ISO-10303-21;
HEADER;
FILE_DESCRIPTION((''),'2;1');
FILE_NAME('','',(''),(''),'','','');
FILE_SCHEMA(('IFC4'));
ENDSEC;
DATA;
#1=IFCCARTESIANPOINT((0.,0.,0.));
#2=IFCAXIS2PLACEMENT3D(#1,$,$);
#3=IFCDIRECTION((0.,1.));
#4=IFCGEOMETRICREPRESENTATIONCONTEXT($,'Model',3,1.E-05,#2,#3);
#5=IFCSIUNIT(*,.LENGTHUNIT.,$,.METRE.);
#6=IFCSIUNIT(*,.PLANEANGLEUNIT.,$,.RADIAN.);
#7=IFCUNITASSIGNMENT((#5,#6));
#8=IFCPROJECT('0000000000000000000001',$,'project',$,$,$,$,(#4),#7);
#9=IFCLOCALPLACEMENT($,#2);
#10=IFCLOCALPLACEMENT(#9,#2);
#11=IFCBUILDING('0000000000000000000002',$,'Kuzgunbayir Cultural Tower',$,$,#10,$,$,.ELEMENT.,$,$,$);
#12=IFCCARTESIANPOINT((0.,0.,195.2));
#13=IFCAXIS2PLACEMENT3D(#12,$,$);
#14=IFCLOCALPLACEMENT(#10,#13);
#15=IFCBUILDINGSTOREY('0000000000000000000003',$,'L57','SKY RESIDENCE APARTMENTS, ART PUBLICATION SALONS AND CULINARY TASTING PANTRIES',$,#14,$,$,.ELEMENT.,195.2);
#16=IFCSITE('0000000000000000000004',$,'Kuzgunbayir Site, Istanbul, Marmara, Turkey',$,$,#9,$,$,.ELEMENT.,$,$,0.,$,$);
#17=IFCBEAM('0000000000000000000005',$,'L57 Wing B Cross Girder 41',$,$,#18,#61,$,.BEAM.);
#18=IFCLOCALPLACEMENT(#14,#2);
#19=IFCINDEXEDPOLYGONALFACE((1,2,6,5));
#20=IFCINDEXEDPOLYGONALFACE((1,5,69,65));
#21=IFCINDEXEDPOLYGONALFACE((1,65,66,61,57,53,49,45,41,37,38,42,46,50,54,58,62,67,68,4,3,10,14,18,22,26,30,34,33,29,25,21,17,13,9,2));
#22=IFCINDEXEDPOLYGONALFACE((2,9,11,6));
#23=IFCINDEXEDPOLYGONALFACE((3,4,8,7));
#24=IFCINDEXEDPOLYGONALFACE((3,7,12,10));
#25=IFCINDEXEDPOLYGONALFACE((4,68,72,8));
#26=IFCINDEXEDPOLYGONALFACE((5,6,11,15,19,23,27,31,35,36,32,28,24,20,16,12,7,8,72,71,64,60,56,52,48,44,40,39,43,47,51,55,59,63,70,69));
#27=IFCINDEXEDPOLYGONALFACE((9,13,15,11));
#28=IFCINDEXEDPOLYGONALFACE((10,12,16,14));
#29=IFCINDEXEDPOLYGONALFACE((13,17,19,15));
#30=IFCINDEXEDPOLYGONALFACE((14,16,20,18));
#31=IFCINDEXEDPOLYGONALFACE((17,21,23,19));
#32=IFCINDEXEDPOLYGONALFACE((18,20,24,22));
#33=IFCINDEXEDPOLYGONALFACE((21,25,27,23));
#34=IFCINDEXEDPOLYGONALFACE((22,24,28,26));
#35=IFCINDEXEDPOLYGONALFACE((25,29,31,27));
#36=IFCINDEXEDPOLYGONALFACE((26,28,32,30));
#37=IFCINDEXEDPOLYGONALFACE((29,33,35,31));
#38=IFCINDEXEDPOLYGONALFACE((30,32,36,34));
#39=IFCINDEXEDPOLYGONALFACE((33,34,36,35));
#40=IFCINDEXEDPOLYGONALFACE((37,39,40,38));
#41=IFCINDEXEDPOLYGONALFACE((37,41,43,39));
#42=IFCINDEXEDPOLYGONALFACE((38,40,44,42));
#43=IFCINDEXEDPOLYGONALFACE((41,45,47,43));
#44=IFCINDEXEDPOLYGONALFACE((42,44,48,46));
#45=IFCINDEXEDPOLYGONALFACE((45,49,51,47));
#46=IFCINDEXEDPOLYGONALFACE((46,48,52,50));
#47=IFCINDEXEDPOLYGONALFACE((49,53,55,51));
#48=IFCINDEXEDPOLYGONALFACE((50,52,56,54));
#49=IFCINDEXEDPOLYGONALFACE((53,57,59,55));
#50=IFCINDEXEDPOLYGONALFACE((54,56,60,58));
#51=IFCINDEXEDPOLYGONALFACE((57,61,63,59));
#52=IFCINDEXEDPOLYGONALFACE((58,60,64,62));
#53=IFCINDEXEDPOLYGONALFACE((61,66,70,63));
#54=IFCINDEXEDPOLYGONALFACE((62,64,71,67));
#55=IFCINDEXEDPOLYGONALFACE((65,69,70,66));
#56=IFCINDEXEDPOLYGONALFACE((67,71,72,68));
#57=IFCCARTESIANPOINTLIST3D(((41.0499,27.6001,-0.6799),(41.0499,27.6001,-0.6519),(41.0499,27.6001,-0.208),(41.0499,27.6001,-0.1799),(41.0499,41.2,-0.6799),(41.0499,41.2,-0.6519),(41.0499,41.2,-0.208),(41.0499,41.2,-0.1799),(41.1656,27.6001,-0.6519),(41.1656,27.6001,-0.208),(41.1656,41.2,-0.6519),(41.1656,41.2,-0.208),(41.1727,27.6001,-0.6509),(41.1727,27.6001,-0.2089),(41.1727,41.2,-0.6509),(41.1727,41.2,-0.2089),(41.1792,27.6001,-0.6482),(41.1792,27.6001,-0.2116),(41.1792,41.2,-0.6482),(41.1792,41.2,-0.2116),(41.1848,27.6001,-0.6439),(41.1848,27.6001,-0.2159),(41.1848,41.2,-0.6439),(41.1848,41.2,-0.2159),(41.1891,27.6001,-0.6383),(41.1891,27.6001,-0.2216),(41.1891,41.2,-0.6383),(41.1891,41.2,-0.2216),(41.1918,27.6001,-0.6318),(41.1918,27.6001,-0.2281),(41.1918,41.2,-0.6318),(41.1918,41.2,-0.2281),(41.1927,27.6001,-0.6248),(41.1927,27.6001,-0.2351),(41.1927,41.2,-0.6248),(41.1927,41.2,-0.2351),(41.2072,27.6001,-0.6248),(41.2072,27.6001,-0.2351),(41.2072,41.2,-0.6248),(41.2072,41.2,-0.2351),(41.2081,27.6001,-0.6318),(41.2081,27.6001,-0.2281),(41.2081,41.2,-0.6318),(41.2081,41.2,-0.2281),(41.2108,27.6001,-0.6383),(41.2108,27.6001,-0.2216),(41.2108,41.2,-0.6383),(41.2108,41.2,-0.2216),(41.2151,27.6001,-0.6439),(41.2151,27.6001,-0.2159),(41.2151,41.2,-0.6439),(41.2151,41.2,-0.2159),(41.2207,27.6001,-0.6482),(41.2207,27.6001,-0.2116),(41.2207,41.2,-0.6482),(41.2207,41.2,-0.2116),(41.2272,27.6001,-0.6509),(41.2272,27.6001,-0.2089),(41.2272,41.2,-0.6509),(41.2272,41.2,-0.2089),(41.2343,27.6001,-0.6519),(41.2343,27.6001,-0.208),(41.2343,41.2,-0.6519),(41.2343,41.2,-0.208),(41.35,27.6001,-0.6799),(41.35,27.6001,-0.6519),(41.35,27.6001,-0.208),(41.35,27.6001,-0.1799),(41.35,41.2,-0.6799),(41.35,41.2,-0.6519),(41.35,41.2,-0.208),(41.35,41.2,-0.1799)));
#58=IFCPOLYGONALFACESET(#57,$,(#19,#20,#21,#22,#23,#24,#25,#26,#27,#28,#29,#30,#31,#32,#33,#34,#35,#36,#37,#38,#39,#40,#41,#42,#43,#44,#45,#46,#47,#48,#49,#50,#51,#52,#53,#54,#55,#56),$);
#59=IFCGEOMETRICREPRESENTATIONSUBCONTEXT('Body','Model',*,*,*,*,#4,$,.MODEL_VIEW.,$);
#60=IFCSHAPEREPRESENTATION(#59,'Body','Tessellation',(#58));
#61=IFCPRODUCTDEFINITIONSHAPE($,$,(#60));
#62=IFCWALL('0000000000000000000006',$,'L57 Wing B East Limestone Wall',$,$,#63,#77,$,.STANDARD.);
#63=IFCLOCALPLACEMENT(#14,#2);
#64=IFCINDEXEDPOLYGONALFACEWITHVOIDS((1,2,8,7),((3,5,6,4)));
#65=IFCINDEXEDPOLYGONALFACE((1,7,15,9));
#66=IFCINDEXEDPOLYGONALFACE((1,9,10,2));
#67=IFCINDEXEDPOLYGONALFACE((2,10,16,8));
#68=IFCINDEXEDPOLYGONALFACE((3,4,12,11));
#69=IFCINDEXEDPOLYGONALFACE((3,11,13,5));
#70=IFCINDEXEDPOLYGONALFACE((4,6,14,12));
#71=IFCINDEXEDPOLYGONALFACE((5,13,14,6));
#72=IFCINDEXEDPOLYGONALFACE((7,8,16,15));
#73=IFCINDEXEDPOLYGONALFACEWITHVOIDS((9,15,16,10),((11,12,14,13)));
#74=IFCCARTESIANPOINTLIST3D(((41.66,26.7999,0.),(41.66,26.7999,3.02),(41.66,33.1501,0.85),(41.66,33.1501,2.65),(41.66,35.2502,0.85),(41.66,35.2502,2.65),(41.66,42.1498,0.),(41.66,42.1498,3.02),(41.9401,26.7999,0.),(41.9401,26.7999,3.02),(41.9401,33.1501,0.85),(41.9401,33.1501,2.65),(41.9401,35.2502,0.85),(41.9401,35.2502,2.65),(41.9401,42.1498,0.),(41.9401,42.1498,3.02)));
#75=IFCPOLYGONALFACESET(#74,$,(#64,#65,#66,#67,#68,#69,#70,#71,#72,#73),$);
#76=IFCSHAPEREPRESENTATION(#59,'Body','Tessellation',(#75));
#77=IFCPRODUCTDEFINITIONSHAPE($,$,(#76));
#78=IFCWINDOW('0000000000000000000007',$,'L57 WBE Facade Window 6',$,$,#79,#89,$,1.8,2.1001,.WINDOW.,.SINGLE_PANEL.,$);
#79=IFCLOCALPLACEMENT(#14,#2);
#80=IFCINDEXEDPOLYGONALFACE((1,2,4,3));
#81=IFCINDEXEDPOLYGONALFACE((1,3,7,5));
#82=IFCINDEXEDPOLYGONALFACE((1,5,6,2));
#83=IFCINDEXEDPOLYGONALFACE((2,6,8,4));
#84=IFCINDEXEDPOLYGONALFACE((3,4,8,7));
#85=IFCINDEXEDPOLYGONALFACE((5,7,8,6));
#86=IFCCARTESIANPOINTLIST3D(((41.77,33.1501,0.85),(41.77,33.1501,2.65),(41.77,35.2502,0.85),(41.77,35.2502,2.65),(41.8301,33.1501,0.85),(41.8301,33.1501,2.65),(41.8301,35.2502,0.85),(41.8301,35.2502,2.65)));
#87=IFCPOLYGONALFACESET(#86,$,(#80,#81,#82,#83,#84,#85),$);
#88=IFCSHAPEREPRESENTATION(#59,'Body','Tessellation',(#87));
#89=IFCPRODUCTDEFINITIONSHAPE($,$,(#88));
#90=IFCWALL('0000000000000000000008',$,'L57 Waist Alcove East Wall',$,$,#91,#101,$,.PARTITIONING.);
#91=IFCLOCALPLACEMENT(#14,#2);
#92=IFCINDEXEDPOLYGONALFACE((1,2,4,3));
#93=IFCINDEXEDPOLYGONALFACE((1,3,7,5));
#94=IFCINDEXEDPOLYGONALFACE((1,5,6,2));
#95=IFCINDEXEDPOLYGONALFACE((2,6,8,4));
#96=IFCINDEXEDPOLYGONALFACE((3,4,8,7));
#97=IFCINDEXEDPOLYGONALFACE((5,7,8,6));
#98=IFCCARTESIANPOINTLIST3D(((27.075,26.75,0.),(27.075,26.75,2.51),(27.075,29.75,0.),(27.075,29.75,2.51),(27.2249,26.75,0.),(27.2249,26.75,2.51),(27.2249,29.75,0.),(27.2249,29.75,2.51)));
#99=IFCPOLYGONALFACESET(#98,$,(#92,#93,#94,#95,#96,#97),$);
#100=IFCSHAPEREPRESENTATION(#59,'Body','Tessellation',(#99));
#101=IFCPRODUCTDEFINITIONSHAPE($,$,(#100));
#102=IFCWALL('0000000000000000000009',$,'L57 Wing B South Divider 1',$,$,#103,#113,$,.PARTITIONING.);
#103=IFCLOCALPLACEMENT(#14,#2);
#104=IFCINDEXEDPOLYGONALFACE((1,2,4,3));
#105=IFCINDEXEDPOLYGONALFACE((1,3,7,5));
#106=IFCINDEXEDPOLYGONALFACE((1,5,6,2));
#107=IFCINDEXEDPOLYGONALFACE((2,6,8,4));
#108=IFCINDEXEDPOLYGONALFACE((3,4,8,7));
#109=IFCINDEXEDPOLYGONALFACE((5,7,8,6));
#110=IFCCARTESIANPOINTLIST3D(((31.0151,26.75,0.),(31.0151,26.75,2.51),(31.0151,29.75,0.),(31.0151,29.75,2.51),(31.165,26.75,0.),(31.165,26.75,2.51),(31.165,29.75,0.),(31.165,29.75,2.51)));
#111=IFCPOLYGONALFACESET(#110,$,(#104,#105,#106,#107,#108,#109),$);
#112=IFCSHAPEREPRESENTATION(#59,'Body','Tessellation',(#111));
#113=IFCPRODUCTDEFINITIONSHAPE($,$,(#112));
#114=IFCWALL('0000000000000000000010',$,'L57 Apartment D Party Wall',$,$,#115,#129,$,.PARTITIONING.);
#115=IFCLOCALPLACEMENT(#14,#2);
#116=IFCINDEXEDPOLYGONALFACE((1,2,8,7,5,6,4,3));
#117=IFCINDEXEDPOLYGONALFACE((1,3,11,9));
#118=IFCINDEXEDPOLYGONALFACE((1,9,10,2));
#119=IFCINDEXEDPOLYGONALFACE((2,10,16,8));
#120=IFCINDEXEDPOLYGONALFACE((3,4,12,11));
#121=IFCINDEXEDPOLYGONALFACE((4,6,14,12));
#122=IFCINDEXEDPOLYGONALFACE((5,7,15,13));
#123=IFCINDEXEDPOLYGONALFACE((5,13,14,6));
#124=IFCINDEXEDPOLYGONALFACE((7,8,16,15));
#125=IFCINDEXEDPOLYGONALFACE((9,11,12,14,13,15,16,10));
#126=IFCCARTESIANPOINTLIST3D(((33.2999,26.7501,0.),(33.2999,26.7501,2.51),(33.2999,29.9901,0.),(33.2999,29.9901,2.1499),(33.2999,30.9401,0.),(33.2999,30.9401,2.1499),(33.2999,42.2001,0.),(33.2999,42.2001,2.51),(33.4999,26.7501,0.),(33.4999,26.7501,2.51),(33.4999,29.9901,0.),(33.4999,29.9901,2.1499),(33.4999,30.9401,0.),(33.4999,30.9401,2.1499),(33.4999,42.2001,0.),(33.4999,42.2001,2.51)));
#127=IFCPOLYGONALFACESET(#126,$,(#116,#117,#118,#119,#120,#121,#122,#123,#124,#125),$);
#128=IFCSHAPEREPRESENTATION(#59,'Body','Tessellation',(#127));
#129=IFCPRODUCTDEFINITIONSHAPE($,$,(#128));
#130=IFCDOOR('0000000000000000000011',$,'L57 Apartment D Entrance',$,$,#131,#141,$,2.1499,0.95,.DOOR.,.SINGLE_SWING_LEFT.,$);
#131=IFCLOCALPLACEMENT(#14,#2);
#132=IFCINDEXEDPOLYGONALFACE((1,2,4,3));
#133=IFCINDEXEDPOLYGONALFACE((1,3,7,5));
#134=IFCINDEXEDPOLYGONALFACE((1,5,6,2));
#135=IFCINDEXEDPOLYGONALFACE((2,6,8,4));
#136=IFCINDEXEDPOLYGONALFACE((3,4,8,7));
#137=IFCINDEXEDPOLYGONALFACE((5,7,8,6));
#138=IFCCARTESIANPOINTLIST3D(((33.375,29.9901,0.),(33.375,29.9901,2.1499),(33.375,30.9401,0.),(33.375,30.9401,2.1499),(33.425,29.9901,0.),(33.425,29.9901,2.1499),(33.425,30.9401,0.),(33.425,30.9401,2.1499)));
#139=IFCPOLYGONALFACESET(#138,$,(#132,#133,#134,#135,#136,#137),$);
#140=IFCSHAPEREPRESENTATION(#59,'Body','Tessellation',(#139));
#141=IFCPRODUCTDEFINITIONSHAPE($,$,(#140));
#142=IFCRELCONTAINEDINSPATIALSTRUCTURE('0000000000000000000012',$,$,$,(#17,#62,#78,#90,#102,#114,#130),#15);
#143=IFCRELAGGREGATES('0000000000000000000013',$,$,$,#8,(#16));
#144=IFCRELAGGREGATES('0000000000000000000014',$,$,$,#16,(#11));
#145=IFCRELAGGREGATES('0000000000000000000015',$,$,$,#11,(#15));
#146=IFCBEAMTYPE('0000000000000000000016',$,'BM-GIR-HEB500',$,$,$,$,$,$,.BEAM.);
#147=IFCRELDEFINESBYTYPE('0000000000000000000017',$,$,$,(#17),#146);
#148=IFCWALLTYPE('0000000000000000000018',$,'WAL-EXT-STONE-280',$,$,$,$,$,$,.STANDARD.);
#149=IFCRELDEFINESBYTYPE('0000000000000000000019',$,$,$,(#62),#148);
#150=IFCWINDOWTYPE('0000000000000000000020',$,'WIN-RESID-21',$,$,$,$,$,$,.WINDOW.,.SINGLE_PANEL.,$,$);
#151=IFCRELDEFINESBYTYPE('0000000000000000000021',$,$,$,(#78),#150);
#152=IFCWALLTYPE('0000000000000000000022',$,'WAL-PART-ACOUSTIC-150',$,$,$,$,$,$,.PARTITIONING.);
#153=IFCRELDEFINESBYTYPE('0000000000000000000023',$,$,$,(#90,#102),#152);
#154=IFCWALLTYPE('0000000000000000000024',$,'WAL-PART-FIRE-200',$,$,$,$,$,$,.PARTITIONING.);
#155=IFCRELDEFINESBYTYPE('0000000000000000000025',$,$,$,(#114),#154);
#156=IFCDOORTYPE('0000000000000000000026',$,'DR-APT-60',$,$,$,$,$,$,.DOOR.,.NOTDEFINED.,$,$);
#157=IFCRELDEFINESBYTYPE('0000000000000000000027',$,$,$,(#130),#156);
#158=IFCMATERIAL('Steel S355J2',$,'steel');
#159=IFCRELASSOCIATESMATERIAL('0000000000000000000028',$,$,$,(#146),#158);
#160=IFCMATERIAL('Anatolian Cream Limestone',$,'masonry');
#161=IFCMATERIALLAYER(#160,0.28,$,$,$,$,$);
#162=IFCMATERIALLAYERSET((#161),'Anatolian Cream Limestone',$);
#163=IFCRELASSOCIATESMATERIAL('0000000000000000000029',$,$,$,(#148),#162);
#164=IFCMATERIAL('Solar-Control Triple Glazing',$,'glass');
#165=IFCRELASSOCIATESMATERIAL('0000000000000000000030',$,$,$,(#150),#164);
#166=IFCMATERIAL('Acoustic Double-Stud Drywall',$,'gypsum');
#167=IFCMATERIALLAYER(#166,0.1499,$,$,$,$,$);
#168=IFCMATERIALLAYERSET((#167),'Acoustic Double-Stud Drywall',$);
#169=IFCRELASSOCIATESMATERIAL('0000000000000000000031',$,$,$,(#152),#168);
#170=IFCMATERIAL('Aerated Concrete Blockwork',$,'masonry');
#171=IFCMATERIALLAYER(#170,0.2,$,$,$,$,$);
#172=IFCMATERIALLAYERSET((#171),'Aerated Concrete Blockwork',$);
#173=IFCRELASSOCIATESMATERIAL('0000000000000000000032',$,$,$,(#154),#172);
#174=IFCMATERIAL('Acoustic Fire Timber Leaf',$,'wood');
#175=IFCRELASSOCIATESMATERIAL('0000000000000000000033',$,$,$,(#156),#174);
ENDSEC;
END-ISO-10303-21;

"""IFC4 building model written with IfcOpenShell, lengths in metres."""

from ifc_helpers import new_model, si_unit, direction, frame, frame_2d, origin, origin_2d, place, context, subcontext, project, spatial, rectangle, i_section, extrude, material, layer, layer_set, material_profile, profile_set, type_object, element, fill, save


model = new_model("IFC4")

# Units and contexts
model_context = context("Model", 3, precision=1e-05, world=origin(), true_north=direction((0.0, 1.0)))
body_context = subcontext(model_context, "Body", "Model", "MODEL_VIEW")
ifc_project = project(units=[si_unit("LENGTHUNIT", "METRE"), si_unit("PLANEANGLEUNIT", "RADIAN")], contexts=[model_context])

# Site, building, storey
site_placement = place(None, origin())
site = spatial("IfcSite", under=ifc_project, at=site_placement, Name="Kuzgunbayir Site, Istanbul, Marmara, Turkey", CompositionType="ELEMENT", RefElevation=0.0)
building_placement = place(site_placement, origin())
building = spatial("IfcBuilding", under=site, at=building_placement, Name="Kuzgunbayir Cultural Tower", CompositionType="ELEMENT")
storey_placement = place(building_placement, frame((0.0, 0.0, 195.2)))
storey = spatial("IfcBuildingStorey", under=building, at=storey_placement, Name="L57", Description="SKY RESIDENCE APARTMENTS, ART PUBLICATION SALONS AND CULINARY TASTING PANTRIES", CompositionType="ELEMENT", Elevation=195.2)

# Beam
ifc_material_1 = material(Name="Steel S355J2", Category="steel")
ifc_material_profile_1 = material_profile(ifc_material_1, i_section(OverallWidth=0.3, OverallDepth=0.5, WebThickness=0.0144, FlangeThickness=0.0281, FilletRadius=0.0271, at=origin_2d()), Name="HEB 500")
ifc_profile_set_1 = profile_set([ifc_material_profile_1], Name="Steel S355J2")
beam_type_1 = type_object("IfcBeamType", Name="BM-GIR-HEB500", PredefinedType="BEAM", material=ifc_profile_set_1)
beam_1_placement = place(storey_placement, frame((41.2, 27.6001, -0.4299), z_axis=(0.0, 1.0, 0.0), x_axis=(-1.0, 0.0, 0.0)))
element("IfcBeam", 1, at=beam_1_placement, inside=storey, type_object=beam_type_1, Name="L57 Wing B Cross Girder 41", PredefinedType="BEAM", context=body_context, shape_type="SweptSolid", body=[
    extrude(i_section(OverallWidth=0.3, OverallDepth=0.5, WebThickness=0.0144, FlangeThickness=0.0281, FilletRadius=0.0271, at=origin_2d()), origin(), (0.0, 0.0, 1.0), 13.5999),
])

# Wall, opening, window
ifc_material_2 = material(Name="Anatolian Cream Limestone", Category="masonry")
ifc_layer_1 = layer(ifc_material_2, 0.28)
ifc_layer_set_1 = layer_set([ifc_layer_1], Name="Anatolian Cream Limestone")
wall_type_1 = type_object("IfcWallType", Name="WAL-EXT-STONE-280", PredefinedType="STANDARD", material=ifc_layer_set_1)
wall_1_placement = place(storey_placement, frame((41.8, 26.8, 0.0), z_axis=(0.0, 0.0, 1.0), x_axis=(0.0, 1.0, 0.0)))
wall_1 = element("IfcWall", 2, at=wall_1_placement, inside=storey, type_object=wall_type_1, Name="L57 Wing B East Limestone Wall", PredefinedType="STANDARD", context=body_context, shape_type="SweptSolid", body=[
    extrude(rectangle(XDim=15.3499, YDim=0.28, at=frame_2d((7.6748, 0.0))), origin(), (0.0, 0.0, 1.0), 3.02),
])
opening_1_placement = place(wall_1_placement, frame((6.3501, 0.0, 0.8501)))
opening_1 = element("IfcOpeningElement", 3, at=opening_1_placement, cuts=wall_1, PredefinedType="OPENING", context=body_context, shape_type="SweptSolid", body=[
    extrude(rectangle(XDim=2.1001, YDim=1.8, at=frame_2d((1.05, 0.8999))), frame((0.0, 0.1499, 0.0), z_axis=(0.0, -1.0, 0.0), x_axis=(1.0, 0.0, 0.0)), (0.0, 0.0, 1.0), 0.3),
])
ifc_material_3 = material(Name="Solar-Control Triple Glazing", Category="glass")
window_type = type_object("IfcWindowType", Name="WIN-RESID-21", PartitioningType="SINGLE_PANEL", PredefinedType="WINDOW", material=ifc_material_3)
window_placement = place(opening_1_placement, origin())
window = element("IfcWindow", 4, at=window_placement, inside=storey, type_object=window_type, Name="L57 WBE Facade Window 6", OverallHeight=1.8, OverallWidth=2.1001, PartitioningType="SINGLE_PANEL", PredefinedType="WINDOW", context=body_context, shape_type="SweptSolid", body=[
    extrude(rectangle(XDim=2.1001, YDim=1.8, at=frame_2d((1.05, 0.8999))), frame((0.0, 0.03, 0.0), z_axis=(0.0, -1.0, 0.0), x_axis=(1.0, 0.0, 0.0)), (0.0, 0.0, 1.0), 0.0601),
])
fill(opening_1, window)

# Walls
ifc_material_4 = material(Name="Acoustic Double-Stud Drywall", Category="gypsum")
ifc_layer_2 = layer(ifc_material_4, 0.1499)
ifc_layer_set_2 = layer_set([ifc_layer_2], Name="Acoustic Double-Stud Drywall")
wall_type_2 = type_object("IfcWallType", Name="WAL-PART-ACOUSTIC-150", PredefinedType="PARTITIONING", material=ifc_layer_set_2)
for number, where, z_axis, x_axis, name in (
    (5, (27.1499, 26.75, 0.0), (0.0, 0.0, 1.0), (0.0, 1.0, 0.0), "L57 Waist Alcove East Wall"),
    (6, (31.0901, 26.75, 0.0), (0.0, 0.0, 1.0), (0.0, 1.0, 0.0), "L57 Wing B South Divider 1"),
):
    element("IfcWall", number, at=place(storey_placement, frame(where, z_axis=z_axis, x_axis=x_axis)), inside=storey, type_object=wall_type_2, Name=name, PredefinedType="PARTITIONING", context=body_context, shape_type="SweptSolid", body=[
        extrude(rectangle(XDim=3.0, YDim=0.1499, at=frame_2d((1.5, 0.0))), origin(), (0.0, 0.0, 1.0), 2.51),
    ])

# Wall, opening, door
ifc_material_5 = material(Name="Aerated Concrete Blockwork", Category="masonry")
ifc_layer_3 = layer(ifc_material_5, 0.2)
ifc_layer_set_3 = layer_set([ifc_layer_3], Name="Aerated Concrete Blockwork")
wall_type_3 = type_object("IfcWallType", Name="WAL-PART-FIRE-200", PredefinedType="PARTITIONING", material=ifc_layer_set_3)
wall_2_placement = place(storey_placement, frame((33.3999, 26.75, 0.0), z_axis=(0.0, 0.0, 1.0), x_axis=(0.0, 1.0, 0.0)))
wall_2 = element("IfcWall", 7, at=wall_2_placement, inside=storey, type_object=wall_type_3, Name="L57 Apartment D Party Wall", PredefinedType="PARTITIONING", context=body_context, shape_type="SweptSolid", body=[
    extrude(rectangle(XDim=15.45, YDim=0.2, at=frame_2d((7.7251, 0.0))), origin(), (0.0, 0.0, 1.0), 2.51),
])
opening_2_placement = place(wall_2_placement, frame((3.24, 0.0, 0.0)))
opening_2 = element("IfcOpeningElement", 8, at=opening_2_placement, cuts=wall_2, PredefinedType="OPENING", context=body_context, shape_type="SweptSolid", body=[
    extrude(rectangle(XDim=0.95, YDim=2.1499, at=frame_2d((0.4751, 1.075))), frame((0.0, 0.1099, 0.0), z_axis=(0.0, -1.0, 0.0), x_axis=(1.0, 0.0, 0.0)), (0.0, 0.0, 1.0), 0.22),
])
ifc_material_6 = material(Name="Acoustic Fire Timber Leaf", Category="wood")
door_type = type_object("IfcDoorType", Name="DR-APT-60", OperationType="NOTDEFINED", PredefinedType="DOOR", material=ifc_material_6)
door_placement = place(opening_2_placement, origin())
door = element("IfcDoor", 9, at=door_placement, inside=storey, type_object=door_type, Name="L57 Apartment D Entrance", OperationType="SINGLE_SWING_LEFT", OverallHeight=2.1499, OverallWidth=0.95, PredefinedType="DOOR", context=body_context, shape_type="SweptSolid", body=[
    extrude(rectangle(XDim=0.95, YDim=2.1499, at=frame_2d((0.4751, 1.075))), frame((0.0, 0.0249, 0.0), z_axis=(0.0, -1.0, 0.0), x_axis=(1.0, 0.0, 0.0)), (0.0, 0.0, 1.0), 0.05),
])
fill(opening_2, door)

save(model, "model.ifc")
